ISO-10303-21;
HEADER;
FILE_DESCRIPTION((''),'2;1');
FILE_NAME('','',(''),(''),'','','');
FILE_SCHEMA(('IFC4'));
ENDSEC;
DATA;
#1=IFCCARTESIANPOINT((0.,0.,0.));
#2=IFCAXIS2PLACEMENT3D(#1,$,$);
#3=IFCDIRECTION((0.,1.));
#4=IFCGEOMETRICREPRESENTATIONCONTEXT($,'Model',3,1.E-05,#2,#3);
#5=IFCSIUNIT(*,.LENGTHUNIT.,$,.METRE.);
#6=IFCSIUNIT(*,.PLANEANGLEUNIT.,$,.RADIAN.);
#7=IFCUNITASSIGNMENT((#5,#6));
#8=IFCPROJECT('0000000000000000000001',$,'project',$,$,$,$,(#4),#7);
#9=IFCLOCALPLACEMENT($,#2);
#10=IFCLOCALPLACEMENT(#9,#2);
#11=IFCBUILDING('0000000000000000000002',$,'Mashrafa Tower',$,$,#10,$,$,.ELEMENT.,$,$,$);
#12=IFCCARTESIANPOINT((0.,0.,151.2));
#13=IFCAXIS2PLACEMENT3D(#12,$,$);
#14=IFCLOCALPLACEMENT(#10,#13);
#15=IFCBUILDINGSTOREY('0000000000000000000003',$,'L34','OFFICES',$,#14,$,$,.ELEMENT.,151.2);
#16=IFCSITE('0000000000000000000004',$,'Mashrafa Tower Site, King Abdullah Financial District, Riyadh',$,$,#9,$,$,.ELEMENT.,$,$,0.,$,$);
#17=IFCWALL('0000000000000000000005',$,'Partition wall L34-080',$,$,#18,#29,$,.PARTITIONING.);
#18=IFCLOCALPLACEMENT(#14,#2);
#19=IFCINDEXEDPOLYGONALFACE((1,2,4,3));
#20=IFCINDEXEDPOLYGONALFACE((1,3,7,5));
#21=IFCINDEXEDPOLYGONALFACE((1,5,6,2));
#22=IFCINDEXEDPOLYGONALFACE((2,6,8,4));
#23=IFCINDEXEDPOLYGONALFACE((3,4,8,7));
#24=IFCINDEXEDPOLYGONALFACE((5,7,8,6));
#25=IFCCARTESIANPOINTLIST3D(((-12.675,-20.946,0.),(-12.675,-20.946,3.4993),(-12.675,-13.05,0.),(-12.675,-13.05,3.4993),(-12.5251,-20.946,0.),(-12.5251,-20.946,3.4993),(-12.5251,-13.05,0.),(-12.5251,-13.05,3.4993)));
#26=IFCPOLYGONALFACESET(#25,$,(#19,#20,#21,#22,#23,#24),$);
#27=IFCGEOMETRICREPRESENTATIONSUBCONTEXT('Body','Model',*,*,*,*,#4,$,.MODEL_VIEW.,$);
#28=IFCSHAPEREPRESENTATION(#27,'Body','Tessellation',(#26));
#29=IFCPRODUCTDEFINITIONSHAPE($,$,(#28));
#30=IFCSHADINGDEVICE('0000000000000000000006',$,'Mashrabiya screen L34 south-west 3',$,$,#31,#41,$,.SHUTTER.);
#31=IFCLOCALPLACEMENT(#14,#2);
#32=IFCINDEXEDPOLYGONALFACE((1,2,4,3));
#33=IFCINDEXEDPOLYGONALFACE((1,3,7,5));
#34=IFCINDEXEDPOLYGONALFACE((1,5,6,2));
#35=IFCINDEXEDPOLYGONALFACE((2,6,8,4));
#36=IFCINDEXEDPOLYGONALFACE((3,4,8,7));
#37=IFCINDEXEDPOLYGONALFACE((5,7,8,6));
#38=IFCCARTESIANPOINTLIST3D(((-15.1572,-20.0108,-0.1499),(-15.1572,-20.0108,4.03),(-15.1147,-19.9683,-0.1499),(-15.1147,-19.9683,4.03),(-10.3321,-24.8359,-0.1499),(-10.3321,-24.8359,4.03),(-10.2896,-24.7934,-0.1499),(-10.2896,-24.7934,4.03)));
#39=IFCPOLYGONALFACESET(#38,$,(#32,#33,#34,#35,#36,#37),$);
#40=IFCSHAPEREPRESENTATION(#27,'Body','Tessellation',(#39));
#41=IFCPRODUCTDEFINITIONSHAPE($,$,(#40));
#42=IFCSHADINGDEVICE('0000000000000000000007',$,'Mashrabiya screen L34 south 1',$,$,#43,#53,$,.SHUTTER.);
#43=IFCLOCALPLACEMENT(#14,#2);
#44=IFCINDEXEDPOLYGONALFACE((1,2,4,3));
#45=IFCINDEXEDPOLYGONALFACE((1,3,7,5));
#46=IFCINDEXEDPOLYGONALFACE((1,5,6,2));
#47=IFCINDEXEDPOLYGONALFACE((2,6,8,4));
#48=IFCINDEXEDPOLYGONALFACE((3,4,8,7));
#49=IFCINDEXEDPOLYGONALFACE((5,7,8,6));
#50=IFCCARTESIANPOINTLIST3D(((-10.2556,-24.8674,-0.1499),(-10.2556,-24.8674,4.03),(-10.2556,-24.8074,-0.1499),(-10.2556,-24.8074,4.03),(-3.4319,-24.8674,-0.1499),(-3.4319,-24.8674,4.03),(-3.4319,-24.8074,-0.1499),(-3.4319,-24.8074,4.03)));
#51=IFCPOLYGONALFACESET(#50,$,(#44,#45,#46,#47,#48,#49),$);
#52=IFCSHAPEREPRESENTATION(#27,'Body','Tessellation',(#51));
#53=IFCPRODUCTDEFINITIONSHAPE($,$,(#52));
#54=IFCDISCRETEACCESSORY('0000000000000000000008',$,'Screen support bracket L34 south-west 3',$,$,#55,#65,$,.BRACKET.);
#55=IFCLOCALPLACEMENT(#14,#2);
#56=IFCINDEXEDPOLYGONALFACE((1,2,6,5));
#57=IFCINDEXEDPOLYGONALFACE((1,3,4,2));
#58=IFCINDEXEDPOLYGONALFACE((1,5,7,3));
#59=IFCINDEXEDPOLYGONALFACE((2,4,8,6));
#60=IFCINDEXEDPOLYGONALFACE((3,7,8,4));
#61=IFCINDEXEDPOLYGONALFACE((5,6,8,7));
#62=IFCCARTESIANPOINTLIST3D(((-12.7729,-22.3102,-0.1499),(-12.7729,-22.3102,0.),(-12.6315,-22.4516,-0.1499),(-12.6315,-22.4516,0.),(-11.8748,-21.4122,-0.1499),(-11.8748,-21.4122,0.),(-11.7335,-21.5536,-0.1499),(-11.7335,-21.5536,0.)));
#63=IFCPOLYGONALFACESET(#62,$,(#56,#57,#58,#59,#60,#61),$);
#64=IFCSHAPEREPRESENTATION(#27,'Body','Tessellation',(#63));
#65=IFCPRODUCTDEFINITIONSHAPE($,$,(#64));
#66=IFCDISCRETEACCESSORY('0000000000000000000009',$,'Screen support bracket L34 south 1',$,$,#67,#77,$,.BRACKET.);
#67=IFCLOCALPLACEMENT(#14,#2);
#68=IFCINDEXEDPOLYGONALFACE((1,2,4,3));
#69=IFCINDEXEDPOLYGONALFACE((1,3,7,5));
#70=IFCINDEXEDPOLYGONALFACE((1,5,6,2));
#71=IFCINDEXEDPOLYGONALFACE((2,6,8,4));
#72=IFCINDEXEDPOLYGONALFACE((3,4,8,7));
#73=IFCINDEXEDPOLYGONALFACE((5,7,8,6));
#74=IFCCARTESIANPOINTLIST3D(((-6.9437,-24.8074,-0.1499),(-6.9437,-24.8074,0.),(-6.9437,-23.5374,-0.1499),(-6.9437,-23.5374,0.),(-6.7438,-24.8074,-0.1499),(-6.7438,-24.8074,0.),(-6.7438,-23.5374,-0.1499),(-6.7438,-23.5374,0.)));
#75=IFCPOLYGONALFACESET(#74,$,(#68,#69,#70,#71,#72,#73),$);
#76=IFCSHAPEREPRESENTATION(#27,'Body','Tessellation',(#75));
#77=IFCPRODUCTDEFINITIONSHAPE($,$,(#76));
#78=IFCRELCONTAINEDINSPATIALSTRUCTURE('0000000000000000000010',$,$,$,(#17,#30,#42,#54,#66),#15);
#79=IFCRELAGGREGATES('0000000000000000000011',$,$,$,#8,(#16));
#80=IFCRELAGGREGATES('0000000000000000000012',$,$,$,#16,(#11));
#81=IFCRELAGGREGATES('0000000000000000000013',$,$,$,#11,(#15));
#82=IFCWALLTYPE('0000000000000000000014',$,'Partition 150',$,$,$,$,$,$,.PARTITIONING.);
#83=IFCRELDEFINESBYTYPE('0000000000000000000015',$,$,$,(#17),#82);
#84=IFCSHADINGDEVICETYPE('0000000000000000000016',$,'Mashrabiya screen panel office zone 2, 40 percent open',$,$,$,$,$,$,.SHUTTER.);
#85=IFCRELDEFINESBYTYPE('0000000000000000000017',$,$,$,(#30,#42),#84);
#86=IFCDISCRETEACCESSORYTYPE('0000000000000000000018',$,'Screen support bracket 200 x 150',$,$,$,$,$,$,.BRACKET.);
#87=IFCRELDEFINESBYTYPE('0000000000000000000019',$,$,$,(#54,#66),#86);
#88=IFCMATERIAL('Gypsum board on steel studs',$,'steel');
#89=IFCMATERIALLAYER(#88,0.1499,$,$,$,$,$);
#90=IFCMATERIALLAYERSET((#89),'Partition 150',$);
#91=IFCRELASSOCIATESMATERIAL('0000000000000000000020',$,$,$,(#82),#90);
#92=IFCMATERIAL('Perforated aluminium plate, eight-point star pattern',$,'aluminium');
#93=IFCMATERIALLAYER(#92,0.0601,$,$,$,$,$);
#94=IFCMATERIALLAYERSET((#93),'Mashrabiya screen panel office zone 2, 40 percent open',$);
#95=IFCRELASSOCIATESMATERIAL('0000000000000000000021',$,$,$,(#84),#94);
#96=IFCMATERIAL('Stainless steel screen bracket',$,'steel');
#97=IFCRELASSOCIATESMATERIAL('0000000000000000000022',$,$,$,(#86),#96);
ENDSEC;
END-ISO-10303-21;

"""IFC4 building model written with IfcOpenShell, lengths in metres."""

from ifc_helpers import new_model, si_unit, direction, frame, frame_2d, origin, origin_2d, place, context, subcontext, project, spatial, rectangle, extrude, source, transform, mapped, material, layer, layer_set, type_object, type_shapes, element, save


model = new_model("IFC4")

# Units and contexts
model_context = context("Model", 3, precision=1e-05, world=origin(), true_north=direction((0.0, 1.0)))
body_context = subcontext(model_context, "Body", "Model", "MODEL_VIEW")
ifc_project = project(units=[si_unit("LENGTHUNIT", "METRE"), si_unit("PLANEANGLEUNIT", "RADIAN")], contexts=[model_context])

# Site, building, storey
site_placement = place(None, origin())
site = spatial("IfcSite", under=ifc_project, at=site_placement, Name="Mashrafa Tower Site, King Abdullah Financial District, Riyadh", CompositionType="ELEMENT", RefElevation=0.0)
building_placement = place(site_placement, origin())
building = spatial("IfcBuilding", under=site, at=building_placement, Name="Mashrafa Tower", CompositionType="ELEMENT")
storey_placement = place(building_placement, frame((0.0, 0.0, 151.2)))
storey = spatial("IfcBuildingStorey", under=building, at=storey_placement, Name="L34", Description="OFFICES", CompositionType="ELEMENT", Elevation=151.2)

# Shared definitions
ifc_material_1 = material(Name="Gypsum board on steel studs", Category="steel")
ifc_layer_1 = layer(ifc_material_1, 0.1499)
ifc_layer_set_1 = layer_set([ifc_layer_1], Name="Partition 150")
wall_type_1 = type_object("IfcWallType", Name="Partition 150", PredefinedType="PARTITIONING", material=ifc_layer_set_1)

# Wall
wall_1_placement = place(storey_placement, frame((-12.6001, -20.946, 0.0), z_axis=(0.0, 0.0, 1.0), x_axis=(0.0, 1.0, 0.0)))
element("IfcWall", 1, at=wall_1_placement, inside=storey, type_object=wall_type_1, Name="Partition wall L34-080", PredefinedType="PARTITIONING", context=body_context, shape_type="SweptSolid", body=[
    extrude(rectangle(XDim=7.896, YDim=0.1499, at=frame_2d((3.948, 0.0))), origin(), (0.0, 0.0, 1.0), 3.4993),
])

# Shading devices
ifc_material_2 = material(Name="Perforated aluminium plate, eight-point star pattern", Category="aluminium")
ifc_layer_2 = layer(ifc_material_2, 0.0601)
ifc_layer_set_2 = layer_set([ifc_layer_2], Name="Mashrabiya screen panel office zone 2, 40 percent open")
shading_device_type = type_object("IfcShadingDeviceType", Name="Mashrabiya screen panel office zone 2, 40 percent open", PredefinedType="SHUTTER", material=ifc_layer_set_2)
shared_shape_1 = source(origin(), body_context, "Body", "SweptSolid", [
    extrude(rectangle(XDim=6.8237, YDim=0.0601, at=origin_2d()), origin(), (0.0, 0.0, 1.0), 4.1799),
])
type_shapes(shading_device_type, [shared_shape_1])
for number, where, z_axis, x_axis, name in (
    (2, (-12.7234, -22.4021, -0.1499), (0.0, 0.0, 1.0), (0.707107, -0.707107, 0.0), "Mashrabiya screen L34 south-west 3"),
    (3, (-6.8438, -24.8374, -0.1499), (0.0, 0.0, 1.0), (1.0, 0.0, 0.0), "Mashrabiya screen L34 south 1"),
):
    element("IfcShadingDevice", number, at=place(storey_placement, frame(where, z_axis=z_axis, x_axis=x_axis)), inside=storey, type_object=shading_device_type, Name=name, PredefinedType="SHUTTER", context=body_context, shape_type="MappedRepresentation", body=[
        mapped(shared_shape_1, transform((0.0, 0.0, 0.0))),
    ])

# Discrete accessories
ifc_material_3 = material(Name="Stainless steel screen bracket", Category="steel")
discrete_accessory_type = type_object("IfcDiscreteAccessoryType", Name="Screen support bracket 200 x 150", PredefinedType="BRACKET", material=ifc_material_3)
shared_shape_2 = source(origin(), body_context, "Body", "SweptSolid", [
    extrude(rectangle(XDim=0.2, YDim=1.27, at=origin_2d()), origin(), (0.0, 0.0, 1.0), 0.1499),
])
type_shapes(discrete_accessory_type, [shared_shape_2])
for number, where, z_axis, x_axis, name in (
    (4, (-12.2532, -21.9319, -0.1499), (0.0, 0.0, 1.0), (0.707107, -0.707107, 0.0), "Screen support bracket L34 south-west 3"),
    (5, (-6.8438, -24.1724, -0.1499), (0.0, 0.0, 1.0), (1.0, 0.0, 0.0), "Screen support bracket L34 south 1"),
):
    element("IfcDiscreteAccessory", number, at=place(storey_placement, frame(where, z_axis=z_axis, x_axis=x_axis)), inside=storey, type_object=discrete_accessory_type, Name=name, PredefinedType="BRACKET", context=body_context, shape_type="MappedRepresentation", body=[
        mapped(shared_shape_2, transform((0.0, 0.0, 0.0))),
    ])

save(model, "model.ifc")
